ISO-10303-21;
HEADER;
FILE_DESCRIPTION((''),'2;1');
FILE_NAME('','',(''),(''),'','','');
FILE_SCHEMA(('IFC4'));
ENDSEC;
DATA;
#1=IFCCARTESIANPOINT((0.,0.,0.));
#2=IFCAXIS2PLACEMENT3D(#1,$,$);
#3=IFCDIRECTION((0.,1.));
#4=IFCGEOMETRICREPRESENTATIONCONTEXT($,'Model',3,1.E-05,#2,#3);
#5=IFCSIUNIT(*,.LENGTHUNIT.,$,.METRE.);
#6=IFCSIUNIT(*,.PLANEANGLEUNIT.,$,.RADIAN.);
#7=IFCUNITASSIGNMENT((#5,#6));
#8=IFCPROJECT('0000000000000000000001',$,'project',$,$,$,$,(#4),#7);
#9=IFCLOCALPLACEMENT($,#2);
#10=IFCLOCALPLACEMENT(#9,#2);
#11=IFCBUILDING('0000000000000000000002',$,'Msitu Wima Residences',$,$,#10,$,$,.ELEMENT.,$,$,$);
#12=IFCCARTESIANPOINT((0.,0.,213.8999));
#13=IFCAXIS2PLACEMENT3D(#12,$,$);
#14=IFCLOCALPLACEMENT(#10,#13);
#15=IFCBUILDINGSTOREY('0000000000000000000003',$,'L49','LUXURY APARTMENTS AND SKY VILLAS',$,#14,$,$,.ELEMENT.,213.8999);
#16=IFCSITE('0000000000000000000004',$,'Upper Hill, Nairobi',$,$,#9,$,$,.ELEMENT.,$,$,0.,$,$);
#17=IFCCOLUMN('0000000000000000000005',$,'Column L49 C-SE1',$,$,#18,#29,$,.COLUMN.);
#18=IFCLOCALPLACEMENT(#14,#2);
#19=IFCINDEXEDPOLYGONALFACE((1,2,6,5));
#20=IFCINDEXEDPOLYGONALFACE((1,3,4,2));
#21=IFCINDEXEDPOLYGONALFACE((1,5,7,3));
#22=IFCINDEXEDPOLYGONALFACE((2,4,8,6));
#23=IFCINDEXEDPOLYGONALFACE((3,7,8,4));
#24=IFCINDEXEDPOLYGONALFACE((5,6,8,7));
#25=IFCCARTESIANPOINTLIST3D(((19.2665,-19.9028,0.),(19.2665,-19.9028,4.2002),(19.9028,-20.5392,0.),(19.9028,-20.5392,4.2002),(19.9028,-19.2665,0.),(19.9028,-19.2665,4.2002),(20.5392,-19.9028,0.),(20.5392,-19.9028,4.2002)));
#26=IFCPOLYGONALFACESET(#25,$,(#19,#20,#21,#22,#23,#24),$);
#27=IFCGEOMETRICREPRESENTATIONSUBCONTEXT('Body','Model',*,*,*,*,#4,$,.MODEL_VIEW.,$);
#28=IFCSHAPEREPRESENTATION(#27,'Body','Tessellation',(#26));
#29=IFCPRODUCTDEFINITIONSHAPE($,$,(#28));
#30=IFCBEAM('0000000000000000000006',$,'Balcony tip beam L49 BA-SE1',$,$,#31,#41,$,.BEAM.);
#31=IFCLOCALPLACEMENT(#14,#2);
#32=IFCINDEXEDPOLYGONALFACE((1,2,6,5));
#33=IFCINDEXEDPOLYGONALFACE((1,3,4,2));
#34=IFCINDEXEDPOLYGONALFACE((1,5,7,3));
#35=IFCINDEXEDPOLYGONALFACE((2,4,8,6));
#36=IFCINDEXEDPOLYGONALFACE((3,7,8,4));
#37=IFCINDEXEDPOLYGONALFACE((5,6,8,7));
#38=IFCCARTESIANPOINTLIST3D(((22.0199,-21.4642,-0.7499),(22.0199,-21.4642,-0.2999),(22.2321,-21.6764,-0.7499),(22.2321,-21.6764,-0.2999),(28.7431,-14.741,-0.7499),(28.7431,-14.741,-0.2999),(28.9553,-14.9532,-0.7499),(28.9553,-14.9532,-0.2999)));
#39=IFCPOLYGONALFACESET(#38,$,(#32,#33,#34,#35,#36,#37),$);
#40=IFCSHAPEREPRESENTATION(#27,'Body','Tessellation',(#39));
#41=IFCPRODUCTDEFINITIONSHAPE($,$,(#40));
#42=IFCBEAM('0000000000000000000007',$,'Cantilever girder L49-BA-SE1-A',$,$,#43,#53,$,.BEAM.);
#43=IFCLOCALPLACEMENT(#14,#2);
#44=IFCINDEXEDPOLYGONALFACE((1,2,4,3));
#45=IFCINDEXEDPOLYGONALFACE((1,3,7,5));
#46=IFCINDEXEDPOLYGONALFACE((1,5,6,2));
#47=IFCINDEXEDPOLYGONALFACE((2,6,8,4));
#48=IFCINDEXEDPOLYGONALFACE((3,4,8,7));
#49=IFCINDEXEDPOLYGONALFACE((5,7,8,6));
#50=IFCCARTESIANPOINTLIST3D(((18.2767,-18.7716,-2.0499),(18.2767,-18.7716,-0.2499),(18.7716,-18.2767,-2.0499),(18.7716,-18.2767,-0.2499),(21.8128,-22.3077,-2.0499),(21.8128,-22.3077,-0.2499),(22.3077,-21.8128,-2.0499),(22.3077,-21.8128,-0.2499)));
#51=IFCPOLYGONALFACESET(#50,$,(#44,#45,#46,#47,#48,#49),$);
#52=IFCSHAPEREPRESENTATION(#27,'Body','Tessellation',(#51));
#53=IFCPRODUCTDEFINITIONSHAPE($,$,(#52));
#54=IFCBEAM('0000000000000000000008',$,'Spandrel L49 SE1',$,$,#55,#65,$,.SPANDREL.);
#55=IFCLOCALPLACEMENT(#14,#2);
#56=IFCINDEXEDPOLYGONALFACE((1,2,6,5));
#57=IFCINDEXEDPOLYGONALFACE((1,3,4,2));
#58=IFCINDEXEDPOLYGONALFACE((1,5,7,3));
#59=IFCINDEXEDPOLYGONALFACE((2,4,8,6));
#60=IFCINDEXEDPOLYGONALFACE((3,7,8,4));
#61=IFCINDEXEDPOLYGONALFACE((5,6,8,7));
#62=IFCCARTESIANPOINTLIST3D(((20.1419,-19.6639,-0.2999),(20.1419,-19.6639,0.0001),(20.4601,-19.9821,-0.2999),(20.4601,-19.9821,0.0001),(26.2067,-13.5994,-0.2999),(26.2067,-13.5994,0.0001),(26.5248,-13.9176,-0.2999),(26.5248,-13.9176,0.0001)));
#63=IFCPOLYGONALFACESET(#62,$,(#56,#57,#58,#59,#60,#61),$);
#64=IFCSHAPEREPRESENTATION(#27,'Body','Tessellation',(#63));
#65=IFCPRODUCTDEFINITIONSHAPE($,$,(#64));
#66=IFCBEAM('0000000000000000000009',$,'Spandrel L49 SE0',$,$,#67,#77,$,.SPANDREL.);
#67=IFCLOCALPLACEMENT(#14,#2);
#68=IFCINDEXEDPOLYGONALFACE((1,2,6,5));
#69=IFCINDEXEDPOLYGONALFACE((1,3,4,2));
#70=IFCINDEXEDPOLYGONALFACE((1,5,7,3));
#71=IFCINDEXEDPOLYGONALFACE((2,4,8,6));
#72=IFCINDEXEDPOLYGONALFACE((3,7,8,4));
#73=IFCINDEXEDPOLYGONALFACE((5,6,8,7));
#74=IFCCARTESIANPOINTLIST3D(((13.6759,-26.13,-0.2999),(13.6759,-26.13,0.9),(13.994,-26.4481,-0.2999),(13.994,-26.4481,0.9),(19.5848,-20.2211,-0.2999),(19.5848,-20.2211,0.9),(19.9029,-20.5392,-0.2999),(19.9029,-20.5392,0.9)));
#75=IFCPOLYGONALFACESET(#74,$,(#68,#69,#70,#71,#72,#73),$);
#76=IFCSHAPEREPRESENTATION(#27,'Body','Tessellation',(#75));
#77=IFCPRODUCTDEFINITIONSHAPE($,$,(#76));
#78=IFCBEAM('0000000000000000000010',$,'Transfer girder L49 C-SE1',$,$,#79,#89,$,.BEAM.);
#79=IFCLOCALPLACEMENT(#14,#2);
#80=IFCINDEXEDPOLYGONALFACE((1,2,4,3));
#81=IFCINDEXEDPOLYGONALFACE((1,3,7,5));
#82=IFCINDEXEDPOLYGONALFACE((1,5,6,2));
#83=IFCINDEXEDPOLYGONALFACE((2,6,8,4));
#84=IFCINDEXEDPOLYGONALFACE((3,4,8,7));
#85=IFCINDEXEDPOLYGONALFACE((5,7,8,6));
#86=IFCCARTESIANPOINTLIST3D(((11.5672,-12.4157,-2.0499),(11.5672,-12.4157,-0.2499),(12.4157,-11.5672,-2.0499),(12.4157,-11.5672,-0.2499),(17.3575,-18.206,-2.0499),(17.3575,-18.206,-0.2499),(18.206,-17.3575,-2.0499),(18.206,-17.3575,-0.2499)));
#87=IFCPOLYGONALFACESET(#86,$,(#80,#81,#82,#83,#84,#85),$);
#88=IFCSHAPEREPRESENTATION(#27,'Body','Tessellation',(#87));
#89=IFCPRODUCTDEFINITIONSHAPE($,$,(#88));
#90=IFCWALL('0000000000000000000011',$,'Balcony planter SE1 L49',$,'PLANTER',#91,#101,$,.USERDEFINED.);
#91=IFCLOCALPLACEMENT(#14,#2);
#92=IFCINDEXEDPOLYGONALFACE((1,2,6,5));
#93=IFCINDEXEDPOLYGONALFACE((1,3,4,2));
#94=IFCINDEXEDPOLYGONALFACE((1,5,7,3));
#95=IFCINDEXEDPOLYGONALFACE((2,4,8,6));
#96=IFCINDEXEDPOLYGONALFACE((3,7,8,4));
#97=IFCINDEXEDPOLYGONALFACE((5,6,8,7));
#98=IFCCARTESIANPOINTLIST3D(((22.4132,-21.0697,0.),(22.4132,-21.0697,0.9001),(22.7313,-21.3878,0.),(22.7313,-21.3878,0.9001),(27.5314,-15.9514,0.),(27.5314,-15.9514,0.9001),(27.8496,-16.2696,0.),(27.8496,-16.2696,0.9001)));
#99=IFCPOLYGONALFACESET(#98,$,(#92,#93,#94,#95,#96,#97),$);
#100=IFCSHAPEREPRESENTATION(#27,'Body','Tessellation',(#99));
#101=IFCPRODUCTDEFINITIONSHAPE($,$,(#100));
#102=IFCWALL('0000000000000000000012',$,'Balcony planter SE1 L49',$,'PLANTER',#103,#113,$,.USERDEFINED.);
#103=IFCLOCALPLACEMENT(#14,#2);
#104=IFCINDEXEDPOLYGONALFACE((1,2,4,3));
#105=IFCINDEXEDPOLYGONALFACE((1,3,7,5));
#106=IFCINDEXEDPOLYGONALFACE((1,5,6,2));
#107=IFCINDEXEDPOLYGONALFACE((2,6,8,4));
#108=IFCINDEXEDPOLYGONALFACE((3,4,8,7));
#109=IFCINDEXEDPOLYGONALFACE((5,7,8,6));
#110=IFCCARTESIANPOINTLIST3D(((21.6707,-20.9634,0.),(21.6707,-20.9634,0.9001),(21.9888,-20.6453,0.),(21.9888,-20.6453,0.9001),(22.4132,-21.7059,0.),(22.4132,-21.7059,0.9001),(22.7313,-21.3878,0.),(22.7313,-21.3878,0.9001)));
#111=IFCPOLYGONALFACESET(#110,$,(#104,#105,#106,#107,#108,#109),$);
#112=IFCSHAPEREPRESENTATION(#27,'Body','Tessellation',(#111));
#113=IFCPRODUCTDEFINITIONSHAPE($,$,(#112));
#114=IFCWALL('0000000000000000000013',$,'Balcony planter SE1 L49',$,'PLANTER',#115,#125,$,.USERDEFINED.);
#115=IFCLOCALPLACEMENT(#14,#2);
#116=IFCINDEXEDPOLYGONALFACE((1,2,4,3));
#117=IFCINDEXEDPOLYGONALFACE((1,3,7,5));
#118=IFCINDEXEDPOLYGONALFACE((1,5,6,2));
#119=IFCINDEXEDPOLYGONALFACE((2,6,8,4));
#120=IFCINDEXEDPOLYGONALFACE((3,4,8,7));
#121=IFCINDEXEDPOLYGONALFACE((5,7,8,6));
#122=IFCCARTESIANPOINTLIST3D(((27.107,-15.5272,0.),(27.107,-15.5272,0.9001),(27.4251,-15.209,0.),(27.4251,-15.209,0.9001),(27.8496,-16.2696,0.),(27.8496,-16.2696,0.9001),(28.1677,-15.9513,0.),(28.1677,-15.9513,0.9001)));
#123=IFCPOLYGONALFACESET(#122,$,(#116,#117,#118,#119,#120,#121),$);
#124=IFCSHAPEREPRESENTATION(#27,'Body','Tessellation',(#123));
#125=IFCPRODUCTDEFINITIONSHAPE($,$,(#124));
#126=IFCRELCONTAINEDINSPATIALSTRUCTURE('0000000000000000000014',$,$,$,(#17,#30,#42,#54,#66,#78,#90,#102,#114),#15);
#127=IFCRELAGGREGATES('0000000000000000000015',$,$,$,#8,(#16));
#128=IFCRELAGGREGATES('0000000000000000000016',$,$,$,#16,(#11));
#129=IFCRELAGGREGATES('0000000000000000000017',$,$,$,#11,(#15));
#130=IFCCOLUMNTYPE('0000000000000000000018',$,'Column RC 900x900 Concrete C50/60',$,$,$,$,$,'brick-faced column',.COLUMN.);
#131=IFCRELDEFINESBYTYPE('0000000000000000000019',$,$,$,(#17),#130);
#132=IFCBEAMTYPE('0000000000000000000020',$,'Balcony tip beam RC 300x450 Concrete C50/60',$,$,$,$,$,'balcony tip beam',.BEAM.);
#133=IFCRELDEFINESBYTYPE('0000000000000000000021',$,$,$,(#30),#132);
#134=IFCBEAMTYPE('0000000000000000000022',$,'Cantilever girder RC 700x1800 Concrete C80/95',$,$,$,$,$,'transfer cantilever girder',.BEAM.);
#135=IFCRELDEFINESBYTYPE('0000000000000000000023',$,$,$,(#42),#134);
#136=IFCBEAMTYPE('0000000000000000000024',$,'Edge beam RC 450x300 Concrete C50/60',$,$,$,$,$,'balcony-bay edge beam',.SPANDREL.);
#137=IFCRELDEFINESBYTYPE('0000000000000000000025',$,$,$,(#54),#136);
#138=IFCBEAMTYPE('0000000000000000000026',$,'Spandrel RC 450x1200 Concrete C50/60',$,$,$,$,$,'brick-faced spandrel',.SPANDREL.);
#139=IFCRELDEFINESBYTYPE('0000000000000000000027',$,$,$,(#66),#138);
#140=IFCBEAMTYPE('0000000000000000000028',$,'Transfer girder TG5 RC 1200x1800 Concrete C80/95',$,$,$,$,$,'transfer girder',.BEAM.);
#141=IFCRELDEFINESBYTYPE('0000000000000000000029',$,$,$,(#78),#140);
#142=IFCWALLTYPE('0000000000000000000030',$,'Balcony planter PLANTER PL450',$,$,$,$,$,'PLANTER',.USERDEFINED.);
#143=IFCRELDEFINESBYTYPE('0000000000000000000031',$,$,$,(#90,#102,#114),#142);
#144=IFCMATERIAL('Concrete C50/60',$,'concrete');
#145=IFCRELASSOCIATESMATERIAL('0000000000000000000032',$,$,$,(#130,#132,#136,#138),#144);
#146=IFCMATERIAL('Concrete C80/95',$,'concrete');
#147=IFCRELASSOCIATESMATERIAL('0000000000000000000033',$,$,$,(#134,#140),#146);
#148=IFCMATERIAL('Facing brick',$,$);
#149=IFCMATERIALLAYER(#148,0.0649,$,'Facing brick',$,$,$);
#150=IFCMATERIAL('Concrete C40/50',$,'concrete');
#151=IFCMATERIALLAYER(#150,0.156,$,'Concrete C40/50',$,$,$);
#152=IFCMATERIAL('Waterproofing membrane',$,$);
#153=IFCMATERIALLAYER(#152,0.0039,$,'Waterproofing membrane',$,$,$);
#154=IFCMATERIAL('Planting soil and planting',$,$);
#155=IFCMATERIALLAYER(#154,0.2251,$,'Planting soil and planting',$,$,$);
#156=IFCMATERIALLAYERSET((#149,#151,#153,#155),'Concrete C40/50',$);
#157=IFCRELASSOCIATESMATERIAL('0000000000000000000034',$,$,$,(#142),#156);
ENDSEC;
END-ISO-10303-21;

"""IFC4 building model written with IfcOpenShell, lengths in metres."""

from ifc_helpers import new_model, si_unit, direction, frame, frame_2d, origin, origin_2d, place, context, subcontext, project, spatial, rectangle, extrude, material, layer, layer_set, material_profile, profile_set, type_object, element, save


model = new_model("IFC4")

# Units and contexts
model_context = context("Model", 3, precision=1e-05, world=origin(), true_north=direction((0.0, 1.0)))
body_context = subcontext(model_context, "Body", "Model", "MODEL_VIEW")
ifc_project = project(units=[si_unit("LENGTHUNIT", "METRE"), si_unit("PLANEANGLEUNIT", "RADIAN")], contexts=[model_context])

# Site, building, storey
site_placement = place(None, origin())
site = spatial("IfcSite", under=ifc_project, at=site_placement, Name="Upper Hill, Nairobi", CompositionType="ELEMENT", RefElevation=0.0)
building_placement = place(site_placement, origin())
building = spatial("IfcBuilding", under=site, at=building_placement, Name="Msitu Wima Residences", CompositionType="ELEMENT")
storey_placement = place(building_placement, frame((0.0, 0.0, 213.8999)))
storey = spatial("IfcBuildingStorey", under=building, at=storey_placement, Name="L49", Description="LUXURY APARTMENTS AND SKY VILLAS", CompositionType="ELEMENT", Elevation=213.8999)

# Column
ifc_material_1 = material(Name="Concrete C50/60", Category="concrete")
ifc_material_profile_1 = material_profile(ifc_material_1, rectangle(XDim=0.8999, YDim=0.8999, at=origin_2d()), Name="RC 900x900")
ifc_profile_set_1 = profile_set([ifc_material_profile_1], Name="Concrete C50/60")
column_type = type_object("IfcColumnType", Name="Column RC 900x900 Concrete C50/60", ElementType="brick-faced column", PredefinedType="COLUMN", material=ifc_profile_set_1)
column_placement = place(storey_placement, frame((19.9028, -19.9028, 0.0), z_axis=(0.0, 0.0, 1.0), x_axis=(0.707107, 0.707107, 0.0)))
element("IfcColumn", 1, at=column_placement, inside=storey, type_object=column_type, Name="Column L49 C-SE1", PredefinedType="COLUMN", context=body_context, shape_type="SweptSolid", body=[
    extrude(rectangle(XDim=0.8999, YDim=0.8999, at=origin_2d()), origin(), (0.0, 0.0, 1.0), 4.2002),
])

# Beams
ifc_material_profile_2 = material_profile(ifc_material_1, rectangle(XDim=0.3, YDim=0.45, at=origin_2d()), Name="RC 300x450")
ifc_profile_set_2 = profile_set([ifc_material_profile_2], Name="Concrete C50/60")
beam_type_1 = type_object("IfcBeamType", Name="Balcony tip beam RC 300x450 Concrete C50/60", ElementType="balcony tip beam", PredefinedType="BEAM", material=ifc_profile_set_2)
beam_1_placement = place(storey_placement, frame((22.126, -21.5703, -0.5249), z_axis=(0.707107, 0.707107, 0.0), x_axis=(-0.707107, 0.707107, 0.0)))
element("IfcBeam", 2, at=beam_1_placement, inside=storey, type_object=beam_type_1, Name="Balcony tip beam L49 BA-SE1", PredefinedType="BEAM", context=body_context, shape_type="SweptSolid", body=[
    extrude(rectangle(XDim=0.3, YDim=0.45, at=origin_2d()), origin(), (0.0, 0.0, 1.0), 9.5081),
])
ifc_material_2 = material(Name="Concrete C80/95", Category="concrete")
ifc_material_profile_3 = material_profile(ifc_material_2, rectangle(XDim=0.7, YDim=1.8, at=origin_2d()), Name="RC 700x1800")
ifc_profile_set_3 = profile_set([ifc_material_profile_3], Name="Concrete C80/95")
beam_type_2 = type_object("IfcBeamType", Name="Cantilever girder RC 700x1800 Concrete C80/95", ElementType="transfer cantilever girder", PredefinedType="BEAM", material=ifc_profile_set_3)
beam_2_placement = place(storey_placement, frame((18.5242, -18.5242, -1.1499), z_axis=(0.707107, -0.707107, 0.0), x_axis=(0.707107, 0.707107, 0.0)))
element("IfcBeam", 3, at=beam_2_placement, inside=storey, type_object=beam_type_2, Name="Cantilever girder L49-BA-SE1-A", PredefinedType="BEAM", context=body_context, shape_type="SweptSolid", body=[
    extrude(rectangle(XDim=0.7, YDim=1.8, at=origin_2d()), origin(), (0.0, 0.0, 1.0), 5.0007),
])
ifc_material_profile_4 = material_profile(ifc_material_1, rectangle(XDim=0.45, YDim=0.3, at=origin_2d()), Name="RC 450x300")
ifc_profile_set_4 = profile_set([ifc_material_profile_4], Name="Concrete C50/60")
beam_type_3 = type_object("IfcBeamType", Name="Edge beam RC 450x300 Concrete C50/60", ElementType="balcony-bay edge beam", PredefinedType="SPANDREL", material=ifc_profile_set_4)
beam_3_placement = place(storey_placement, frame((20.301, -19.823, -0.1499), z_axis=(0.707121, 0.707093, 0.0), x_axis=(-0.707093, 0.707121, 0.0)))
element("IfcBeam", 4, at=beam_3_placement, inside=storey, type_object=beam_type_3, Name="Spandrel L49 SE1", PredefinedType="SPANDREL", context=body_context, shape_type="SweptSolid", body=[
    extrude(rectangle(XDim=0.45, YDim=0.3, at=origin_2d()), origin(), (0.0, 0.0, 1.0), 8.5767),
])
ifc_material_profile_5 = material_profile(ifc_material_1, rectangle(XDim=0.45, YDim=1.2, at=origin_2d()), Name="RC 450x1200")
ifc_profile_set_5 = profile_set([ifc_material_profile_5], Name="Concrete C50/60")
beam_type_4 = type_object("IfcBeamType", Name="Spandrel RC 450x1200 Concrete C50/60", ElementType="brick-faced spandrel", PredefinedType="SPANDREL", material=ifc_profile_set_5)
beam_4_placement = place(storey_placement, frame((13.835, -26.2891, 0.3), z_axis=(0.707107, 0.707107, 0.0), x_axis=(-0.707107, 0.707107, 0.0)))
element("IfcBeam", 5, at=beam_4_placement, inside=storey, type_object=beam_type_4, Name="Spandrel L49 SE0", PredefinedType="SPANDREL", context=body_context, shape_type="SweptSolid", body=[
    extrude(rectangle(XDim=0.45, YDim=1.2, at=origin_2d()), origin(), (0.0, 0.0, 1.0), 8.3564),
])
ifc_material_profile_6 = material_profile(ifc_material_2, rectangle(XDim=1.2, YDim=1.8, at=origin_2d()), Name="RC 1200x1800")
ifc_profile_set_6 = profile_set([ifc_material_profile_6], Name="Concrete C80/95")
beam_type_5 = type_object("IfcBeamType", Name="Transfer girder TG5 RC 1200x1800 Concrete C80/95", ElementType="transfer girder", PredefinedType="BEAM", material=ifc_profile_set_6)
beam_5_placement = place(storey_placement, frame((17.7817, -17.7817, -1.1499), z_axis=(-0.707107, 0.707107, 0.0), x_axis=(-0.707107, -0.707107, 0.0)))
element("IfcBeam", 6, at=beam_5_placement, inside=storey, type_object=beam_type_5, Name="Transfer girder L49 C-SE1", PredefinedType="BEAM", context=body_context, shape_type="SweptSolid", body=[
    extrude(rectangle(XDim=1.2, YDim=1.8, at=origin_2d()), origin(), (0.0, 0.0, 1.0), 8.1887),
])

# Walls
ifc_material_3 = material(Name="Facing brick")
ifc_layer_1 = layer(ifc_material_3, 0.0649, Name="Facing brick")
ifc_material_4 = material(Name="Concrete C40/50", Category="concrete")
ifc_layer_2 = layer(ifc_material_4, 0.156, Name="Concrete C40/50")
ifc_material_5 = material(Name="Waterproofing membrane")
ifc_layer_3 = layer(ifc_material_5, 0.0039, Name="Waterproofing membrane")
ifc_material_6 = material(Name="Planting soil and planting")
ifc_layer_4 = layer(ifc_material_6, 0.2251, Name="Planting soil and planting")
ifc_layer_set_1 = layer_set([ifc_layer_1, ifc_layer_2, ifc_layer_3, ifc_layer_4], Name="Concrete C40/50")
wall_type_1 = type_object("IfcWallType", Name="Balcony planter PLANTER PL450", ElementType="PLANTER", PredefinedType="USERDEFINED", material=ifc_layer_set_1)
wall_1_placement = place(storey_placement, frame((22.5723, -21.2288, 0.0), z_axis=(0.0, 0.0, 1.0), x_axis=(0.707107, 0.707107, 0.0)))
element("IfcWall", 7, at=wall_1_placement, inside=storey, type_object=wall_type_1, Name="Balcony planter SE1 L49", ObjectType="PLANTER", PredefinedType="USERDEFINED", context=body_context, shape_type="SweptSolid", body=[
    extrude(rectangle(XDim=7.2383, YDim=0.45, at=frame_2d((3.6191, 0.0))), origin(), (0.0, 0.0, 1.0), 0.9001),
])
for number, where, z_axis, x_axis, name in (
    (8, (21.8298, -20.8044, 0.0), (0.0, 0.0, 1.0), (0.707107, -0.707107, 0.0), "Balcony planter SE1 L49"),
    (9, (27.2661, -15.3682, 0.0), (0.0, 0.0, 1.0), (0.707223, -0.706991, 0.0), "Balcony planter SE1 L49"),
):
    element("IfcWall", number, at=place(storey_placement, frame(where, z_axis=z_axis, x_axis=x_axis)), inside=storey, type_object=wall_type_1, Name=name, ObjectType="PLANTER", PredefinedType="USERDEFINED", context=body_context, shape_type="SweptSolid", body=[
        extrude(rectangle(XDim=1.05, YDim=0.45, at=frame_2d((0.5249, 0.0))), origin(), (0.0, 0.0, 1.0), 0.9001),
    ])

save(model, "model.ifc")
